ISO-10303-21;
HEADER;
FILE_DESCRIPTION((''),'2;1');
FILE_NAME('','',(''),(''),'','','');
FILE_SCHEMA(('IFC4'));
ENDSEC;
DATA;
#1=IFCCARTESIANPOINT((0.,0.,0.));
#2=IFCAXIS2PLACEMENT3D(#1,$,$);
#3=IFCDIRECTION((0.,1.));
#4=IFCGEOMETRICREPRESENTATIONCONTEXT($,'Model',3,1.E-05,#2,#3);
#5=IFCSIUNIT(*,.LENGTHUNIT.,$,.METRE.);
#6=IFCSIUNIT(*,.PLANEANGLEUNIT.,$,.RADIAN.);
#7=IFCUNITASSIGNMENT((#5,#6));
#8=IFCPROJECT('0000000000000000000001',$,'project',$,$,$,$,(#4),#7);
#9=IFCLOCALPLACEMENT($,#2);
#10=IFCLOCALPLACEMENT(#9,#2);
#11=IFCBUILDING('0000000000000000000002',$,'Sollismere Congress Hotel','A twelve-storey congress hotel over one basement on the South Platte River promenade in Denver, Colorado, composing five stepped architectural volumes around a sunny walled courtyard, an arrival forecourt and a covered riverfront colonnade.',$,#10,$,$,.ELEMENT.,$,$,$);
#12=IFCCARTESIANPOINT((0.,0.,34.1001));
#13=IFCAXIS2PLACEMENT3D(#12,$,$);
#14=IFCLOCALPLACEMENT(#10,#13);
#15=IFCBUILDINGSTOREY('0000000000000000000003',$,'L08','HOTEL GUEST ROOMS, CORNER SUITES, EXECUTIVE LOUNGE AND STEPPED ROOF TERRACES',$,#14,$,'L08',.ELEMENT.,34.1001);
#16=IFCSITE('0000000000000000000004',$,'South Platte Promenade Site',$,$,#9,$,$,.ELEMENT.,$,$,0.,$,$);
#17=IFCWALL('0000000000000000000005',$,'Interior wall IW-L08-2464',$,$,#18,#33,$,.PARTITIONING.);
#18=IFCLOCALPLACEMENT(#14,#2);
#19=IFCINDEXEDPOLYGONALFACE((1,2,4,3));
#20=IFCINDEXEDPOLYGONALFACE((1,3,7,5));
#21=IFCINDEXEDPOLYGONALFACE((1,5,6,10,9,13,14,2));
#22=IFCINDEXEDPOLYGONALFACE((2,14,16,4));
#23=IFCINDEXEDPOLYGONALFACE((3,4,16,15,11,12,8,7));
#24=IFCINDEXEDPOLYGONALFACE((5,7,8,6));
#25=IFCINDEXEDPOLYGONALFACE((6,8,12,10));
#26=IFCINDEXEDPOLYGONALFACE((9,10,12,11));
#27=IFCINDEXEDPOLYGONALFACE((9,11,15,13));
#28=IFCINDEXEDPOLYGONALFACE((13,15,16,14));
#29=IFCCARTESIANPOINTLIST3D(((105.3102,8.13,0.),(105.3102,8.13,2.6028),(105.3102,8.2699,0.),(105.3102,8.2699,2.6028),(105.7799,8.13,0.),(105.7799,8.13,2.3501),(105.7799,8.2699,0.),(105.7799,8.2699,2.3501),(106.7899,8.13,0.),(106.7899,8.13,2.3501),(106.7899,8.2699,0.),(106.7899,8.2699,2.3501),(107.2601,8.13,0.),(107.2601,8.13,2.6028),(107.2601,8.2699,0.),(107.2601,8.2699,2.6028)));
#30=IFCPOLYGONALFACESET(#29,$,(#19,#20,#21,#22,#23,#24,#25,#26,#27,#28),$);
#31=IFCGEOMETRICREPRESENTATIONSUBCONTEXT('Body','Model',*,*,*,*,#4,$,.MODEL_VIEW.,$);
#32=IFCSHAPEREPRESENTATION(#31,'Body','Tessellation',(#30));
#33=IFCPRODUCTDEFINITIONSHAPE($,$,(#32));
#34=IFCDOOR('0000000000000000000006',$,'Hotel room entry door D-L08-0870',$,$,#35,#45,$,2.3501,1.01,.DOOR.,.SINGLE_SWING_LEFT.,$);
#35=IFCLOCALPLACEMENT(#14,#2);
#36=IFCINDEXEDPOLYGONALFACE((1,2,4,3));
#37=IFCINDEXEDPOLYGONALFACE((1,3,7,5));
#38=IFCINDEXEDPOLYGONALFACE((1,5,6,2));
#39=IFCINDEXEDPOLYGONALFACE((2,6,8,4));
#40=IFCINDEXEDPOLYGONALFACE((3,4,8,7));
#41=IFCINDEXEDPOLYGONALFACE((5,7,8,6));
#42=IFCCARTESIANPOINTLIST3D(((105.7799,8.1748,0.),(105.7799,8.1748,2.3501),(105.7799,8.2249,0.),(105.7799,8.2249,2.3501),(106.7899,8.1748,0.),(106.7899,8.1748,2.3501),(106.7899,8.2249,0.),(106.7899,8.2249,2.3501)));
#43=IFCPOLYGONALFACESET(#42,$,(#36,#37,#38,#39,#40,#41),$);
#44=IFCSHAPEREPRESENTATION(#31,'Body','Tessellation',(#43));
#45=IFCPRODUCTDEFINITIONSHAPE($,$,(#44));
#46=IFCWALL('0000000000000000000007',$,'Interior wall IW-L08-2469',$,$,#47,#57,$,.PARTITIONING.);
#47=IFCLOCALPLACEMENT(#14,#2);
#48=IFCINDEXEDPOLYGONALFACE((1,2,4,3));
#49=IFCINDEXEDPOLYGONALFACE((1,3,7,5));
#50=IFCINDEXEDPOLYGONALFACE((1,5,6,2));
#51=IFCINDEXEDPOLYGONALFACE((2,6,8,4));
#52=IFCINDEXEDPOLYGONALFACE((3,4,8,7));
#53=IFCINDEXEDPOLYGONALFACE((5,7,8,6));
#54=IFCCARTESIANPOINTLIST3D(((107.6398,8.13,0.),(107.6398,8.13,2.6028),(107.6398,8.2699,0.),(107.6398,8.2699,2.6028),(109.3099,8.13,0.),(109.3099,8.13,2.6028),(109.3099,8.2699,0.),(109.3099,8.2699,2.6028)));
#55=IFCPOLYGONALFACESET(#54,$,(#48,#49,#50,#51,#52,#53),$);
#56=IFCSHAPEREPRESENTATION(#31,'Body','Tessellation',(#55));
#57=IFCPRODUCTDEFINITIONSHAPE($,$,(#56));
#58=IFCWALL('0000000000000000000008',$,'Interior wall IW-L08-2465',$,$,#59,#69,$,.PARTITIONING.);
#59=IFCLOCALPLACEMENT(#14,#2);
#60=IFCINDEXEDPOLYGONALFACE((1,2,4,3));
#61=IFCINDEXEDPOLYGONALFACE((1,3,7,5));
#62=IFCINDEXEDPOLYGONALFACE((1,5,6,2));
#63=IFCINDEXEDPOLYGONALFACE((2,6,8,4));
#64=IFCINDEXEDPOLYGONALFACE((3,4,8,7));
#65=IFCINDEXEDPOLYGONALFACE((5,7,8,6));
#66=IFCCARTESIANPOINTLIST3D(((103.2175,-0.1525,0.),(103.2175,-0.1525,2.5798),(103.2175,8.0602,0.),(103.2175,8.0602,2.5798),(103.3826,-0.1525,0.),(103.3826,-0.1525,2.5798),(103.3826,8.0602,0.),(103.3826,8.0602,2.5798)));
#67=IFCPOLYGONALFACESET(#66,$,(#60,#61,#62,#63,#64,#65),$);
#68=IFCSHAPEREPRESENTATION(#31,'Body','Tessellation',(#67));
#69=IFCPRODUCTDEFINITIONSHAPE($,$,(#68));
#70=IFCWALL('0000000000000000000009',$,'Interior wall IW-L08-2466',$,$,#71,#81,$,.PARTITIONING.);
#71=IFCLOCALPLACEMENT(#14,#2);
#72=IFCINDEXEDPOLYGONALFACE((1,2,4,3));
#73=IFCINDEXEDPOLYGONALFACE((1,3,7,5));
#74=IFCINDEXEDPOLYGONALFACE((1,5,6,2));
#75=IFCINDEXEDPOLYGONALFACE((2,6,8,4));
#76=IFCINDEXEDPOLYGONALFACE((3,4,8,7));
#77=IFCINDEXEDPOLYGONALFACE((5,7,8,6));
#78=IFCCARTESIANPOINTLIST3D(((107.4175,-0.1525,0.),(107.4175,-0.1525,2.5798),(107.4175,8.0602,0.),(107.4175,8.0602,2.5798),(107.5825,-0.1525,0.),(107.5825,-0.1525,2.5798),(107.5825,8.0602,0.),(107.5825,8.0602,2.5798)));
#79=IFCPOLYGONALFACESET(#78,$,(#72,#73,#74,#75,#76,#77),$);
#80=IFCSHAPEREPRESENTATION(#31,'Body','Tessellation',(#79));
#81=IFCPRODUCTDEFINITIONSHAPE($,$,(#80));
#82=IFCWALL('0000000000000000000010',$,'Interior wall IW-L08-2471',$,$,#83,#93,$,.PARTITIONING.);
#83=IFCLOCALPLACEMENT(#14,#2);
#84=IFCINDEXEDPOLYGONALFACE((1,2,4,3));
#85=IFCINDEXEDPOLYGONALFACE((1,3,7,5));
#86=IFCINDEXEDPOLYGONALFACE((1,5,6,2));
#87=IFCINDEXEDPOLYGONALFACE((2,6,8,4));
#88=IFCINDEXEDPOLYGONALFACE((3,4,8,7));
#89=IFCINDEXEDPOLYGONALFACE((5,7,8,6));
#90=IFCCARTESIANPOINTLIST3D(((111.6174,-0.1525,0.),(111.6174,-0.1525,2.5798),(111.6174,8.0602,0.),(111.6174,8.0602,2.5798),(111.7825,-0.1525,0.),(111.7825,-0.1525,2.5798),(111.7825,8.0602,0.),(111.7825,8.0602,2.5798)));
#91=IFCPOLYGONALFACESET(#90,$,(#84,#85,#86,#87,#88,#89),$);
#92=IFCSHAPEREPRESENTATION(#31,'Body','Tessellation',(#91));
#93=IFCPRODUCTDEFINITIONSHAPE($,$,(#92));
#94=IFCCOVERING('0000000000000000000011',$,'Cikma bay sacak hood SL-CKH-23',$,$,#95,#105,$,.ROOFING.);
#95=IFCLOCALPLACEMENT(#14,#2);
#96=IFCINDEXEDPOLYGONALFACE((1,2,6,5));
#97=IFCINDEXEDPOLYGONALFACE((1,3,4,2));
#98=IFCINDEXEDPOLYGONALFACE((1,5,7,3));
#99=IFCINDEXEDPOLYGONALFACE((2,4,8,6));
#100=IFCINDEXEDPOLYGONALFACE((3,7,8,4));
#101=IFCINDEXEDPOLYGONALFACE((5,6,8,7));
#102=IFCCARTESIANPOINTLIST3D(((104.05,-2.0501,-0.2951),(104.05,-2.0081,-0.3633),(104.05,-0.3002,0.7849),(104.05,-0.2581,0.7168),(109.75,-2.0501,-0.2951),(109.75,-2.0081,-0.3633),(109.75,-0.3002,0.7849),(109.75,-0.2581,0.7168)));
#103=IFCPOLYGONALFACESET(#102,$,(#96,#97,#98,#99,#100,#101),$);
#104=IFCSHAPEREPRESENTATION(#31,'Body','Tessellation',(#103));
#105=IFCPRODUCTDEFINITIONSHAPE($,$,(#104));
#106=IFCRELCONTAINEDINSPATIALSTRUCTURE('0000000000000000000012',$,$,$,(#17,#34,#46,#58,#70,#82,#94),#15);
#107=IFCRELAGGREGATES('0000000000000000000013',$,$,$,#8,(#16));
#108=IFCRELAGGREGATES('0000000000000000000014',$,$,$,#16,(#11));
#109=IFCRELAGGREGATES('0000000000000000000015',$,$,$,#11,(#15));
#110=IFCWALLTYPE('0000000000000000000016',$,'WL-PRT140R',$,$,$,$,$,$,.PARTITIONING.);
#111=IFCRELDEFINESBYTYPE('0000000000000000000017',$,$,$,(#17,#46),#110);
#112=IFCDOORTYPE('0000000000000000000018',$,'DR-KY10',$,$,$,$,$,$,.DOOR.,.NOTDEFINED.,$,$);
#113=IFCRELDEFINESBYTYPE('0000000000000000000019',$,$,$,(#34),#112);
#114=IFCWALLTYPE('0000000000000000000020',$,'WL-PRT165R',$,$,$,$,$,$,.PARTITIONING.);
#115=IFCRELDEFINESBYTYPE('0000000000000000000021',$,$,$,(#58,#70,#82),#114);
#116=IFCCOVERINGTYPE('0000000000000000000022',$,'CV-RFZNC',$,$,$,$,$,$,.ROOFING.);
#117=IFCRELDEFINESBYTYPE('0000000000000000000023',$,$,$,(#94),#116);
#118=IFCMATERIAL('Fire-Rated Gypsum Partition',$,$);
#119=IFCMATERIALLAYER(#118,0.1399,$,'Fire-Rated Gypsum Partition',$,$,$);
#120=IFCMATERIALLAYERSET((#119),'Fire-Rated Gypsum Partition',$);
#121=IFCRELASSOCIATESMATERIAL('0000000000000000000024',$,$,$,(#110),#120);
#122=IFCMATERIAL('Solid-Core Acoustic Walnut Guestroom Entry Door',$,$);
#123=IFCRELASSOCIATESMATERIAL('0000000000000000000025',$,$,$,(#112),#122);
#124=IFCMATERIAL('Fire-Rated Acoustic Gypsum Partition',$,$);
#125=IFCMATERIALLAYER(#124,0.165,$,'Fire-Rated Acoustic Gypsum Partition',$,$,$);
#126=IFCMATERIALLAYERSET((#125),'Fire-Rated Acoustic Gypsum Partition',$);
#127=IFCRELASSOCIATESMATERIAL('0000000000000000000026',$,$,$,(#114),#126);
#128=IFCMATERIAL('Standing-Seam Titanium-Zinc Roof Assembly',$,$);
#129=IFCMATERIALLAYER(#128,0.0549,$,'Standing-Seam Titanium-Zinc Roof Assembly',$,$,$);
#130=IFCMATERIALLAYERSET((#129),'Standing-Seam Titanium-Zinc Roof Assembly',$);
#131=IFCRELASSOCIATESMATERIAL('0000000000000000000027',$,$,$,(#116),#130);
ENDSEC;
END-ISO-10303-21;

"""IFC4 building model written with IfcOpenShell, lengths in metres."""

from ifc_helpers import new_model, si_unit, direction, frame, frame_2d, origin, place, context, subcontext, project, spatial, polyline, rectangle, outline, extrude, material, layer, layer_set, type_object, element, fill, save


model = new_model("IFC4")

# Units and contexts
model_context = context("Model", 3, precision=1e-05, world=origin(), true_north=direction((0.0, 1.0)))
body_context = subcontext(model_context, "Body", "Model", "MODEL_VIEW")
ifc_project = project(units=[si_unit("LENGTHUNIT", "METRE"), si_unit("PLANEANGLEUNIT", "RADIAN")], contexts=[model_context])

# Site, building, storey
site_placement = place(None, origin())
site = spatial("IfcSite", under=ifc_project, at=site_placement, Name="South Platte Promenade Site", CompositionType="ELEMENT", RefElevation=0.0)
building_placement = place(site_placement, origin())
building = spatial("IfcBuilding", under=site, at=building_placement, Name="Sollismere Congress Hotel", Description="A twelve-storey congress hotel over one basement on the South Platte River promenade in Denver, Colorado, composing five stepped architectural volumes around a sunny walled courtyard, an arrival forecourt and a covered riverfront colonnade.", CompositionType="ELEMENT")
storey_placement = place(building_placement, frame((0.0, 0.0, 34.1001)))
storey = spatial("IfcBuildingStorey", under=building, at=storey_placement, Name="L08", Description="HOTEL GUEST ROOMS, CORNER SUITES, EXECUTIVE LOUNGE AND STEPPED ROOF TERRACES", LongName="L08", CompositionType="ELEMENT", Elevation=34.1001)

# Shared definitions
ifc_material_1 = material(Name="Fire-Rated Gypsum Partition")
ifc_layer_1 = layer(ifc_material_1, 0.1399, Name="Fire-Rated Gypsum Partition")
ifc_layer_set_1 = layer_set([ifc_layer_1], Name="Fire-Rated Gypsum Partition")
wall_type_1 = type_object("IfcWallType", Name="WL-PRT140R", PredefinedType="PARTITIONING", material=ifc_layer_set_1)

# Wall, opening, door
wall_1_placement = place(storey_placement, frame((105.3101, 8.2, 0.0), z_axis=(0.0, 0.0, 1.0), x_axis=(1.0, 0.0, 0.0)))
wall_1 = element("IfcWall", 1, at=wall_1_placement, inside=storey, type_object=wall_type_1, Name="Interior wall IW-L08-2464", PredefinedType="PARTITIONING", context=body_context, shape_type="SweptSolid", body=[
    extrude(rectangle(XDim=1.95, YDim=0.1399, at=frame_2d((0.9751, 0.0))), origin(), (0.0, 0.0, 1.0), 2.6028),
])
opening_1_placement = place(wall_1_placement, frame((0.47, 0.0, 0.0)))
opening_1 = element("IfcOpeningElement", 2, at=opening_1_placement, cuts=wall_1, PredefinedType="OPENING", context=body_context, shape_type="SweptSolid", body=[
    extrude(rectangle(XDim=1.01, YDim=2.3501, at=frame_2d((0.5049, 1.175))), frame((0.0, 0.0798, 0.0), z_axis=(0.0, -1.0, 0.0), x_axis=(1.0, 0.0, 0.0)), (0.0, 0.0, 1.0), 0.1599),
])
ifc_material_2 = material(Name="Solid-Core Acoustic Walnut Guestroom Entry Door")
door_type_1 = type_object("IfcDoorType", Name="DR-KY10", OperationType="NOTDEFINED", PredefinedType="DOOR", material=ifc_material_2)
door_1_placement = place(opening_1_placement, origin())
door_1 = element("IfcDoor", 3, at=door_1_placement, inside=storey, type_object=door_type_1, Name="Hotel room entry door D-L08-0870", OperationType="SINGLE_SWING_LEFT", OverallHeight=2.3501, OverallWidth=1.01, PredefinedType="DOOR", context=body_context, shape_type="SweptSolid", body=[
    extrude(rectangle(XDim=1.01, YDim=2.3501, at=frame_2d((0.5049, 1.175))), frame((0.0, 0.0249, 0.0), z_axis=(0.0, -1.0, 0.0), x_axis=(1.0, 0.0, 0.0)), (0.0, 0.0, 1.0), 0.05),
])
fill(opening_1, door_1)

# Wall
wall_2_placement = place(storey_placement, frame((107.6399, 8.2, 0.0), z_axis=(0.0, 0.0, 1.0), x_axis=(1.0, 0.0, 0.0)))
element("IfcWall", 4, at=wall_2_placement, inside=storey, type_object=wall_type_1, Name="Interior wall IW-L08-2469", PredefinedType="PARTITIONING", context=body_context, shape_type="SweptSolid", body=[
    extrude(rectangle(XDim=1.6702, YDim=0.1399, at=frame_2d((0.835, 0.0))), origin(), (0.0, 0.0, 1.0), 2.6028),
])

# Walls
ifc_material_3 = material(Name="Fire-Rated Acoustic Gypsum Partition")
ifc_layer_2 = layer(ifc_material_3, 0.165, Name="Fire-Rated Acoustic Gypsum Partition")
ifc_layer_set_2 = layer_set([ifc_layer_2], Name="Fire-Rated Acoustic Gypsum Partition")
wall_type_2 = type_object("IfcWallType", Name="WL-PRT165R", PredefinedType="PARTITIONING", material=ifc_layer_set_2)
for number, where, z_axis, x_axis, name in (
    (5, (103.3, -0.1526, 0.0), (0.0, 0.0, 1.0), (0.0, 1.0, 0.0), "Interior wall IW-L08-2465"),
    (6, (107.5, -0.1526, 0.0), (0.0, 0.0, 1.0), (0.0, 1.0, 0.0), "Interior wall IW-L08-2466"),
    (7, (111.7, -0.1526, 0.0), (0.0, 0.0, 1.0), (0.0, 1.0, 0.0), "Interior wall IW-L08-2471"),
):
    element("IfcWall", number, at=place(storey_placement, frame(where, z_axis=z_axis, x_axis=x_axis)), inside=storey, type_object=wall_type_2, Name=name, PredefinedType="PARTITIONING", context=body_context, shape_type="SweptSolid", body=[
        extrude(rectangle(XDim=8.2126, YDim=0.165, at=frame_2d((4.1064, 0.0))), origin(), (0.0, 0.0, 1.0), 2.5798),
    ])

# Covering
ifc_material_4 = material(Name="Standing-Seam Titanium-Zinc Roof Assembly")
ifc_layer_3 = layer(ifc_material_4, 0.0549, Name="Standing-Seam Titanium-Zinc Roof Assembly")
ifc_layer_set_3 = layer_set([ifc_layer_3], Name="Standing-Seam Titanium-Zinc Roof Assembly")
covering_type = type_object("IfcCoveringType", Name="CV-RFZNC", PredefinedType="ROOFING", material=ifc_layer_set_3)
covering_placement = place(storey_placement, frame((104.05, -2.0081, -0.3633), z_axis=(0.0, -0.52521, 0.850973), x_axis=(1.0, 0.0, 0.0)))
element("IfcCovering", 8, at=covering_placement, inside=storey, type_object=covering_type, Name="Cikma bay sacak hood SL-CKH-23", PredefinedType="ROOFING", context=body_context, shape_type="SweptSolid", body=[
    extrude(outline(polyline([(0.0, 0.0), (5.7, 0.0), (5.7, 2.0564), (0.0, 2.0564), (0.0, 0.0)])), origin(), (0.0, 0.0, 1.0), 0.0801),
])

save(model, "model.ifc")
